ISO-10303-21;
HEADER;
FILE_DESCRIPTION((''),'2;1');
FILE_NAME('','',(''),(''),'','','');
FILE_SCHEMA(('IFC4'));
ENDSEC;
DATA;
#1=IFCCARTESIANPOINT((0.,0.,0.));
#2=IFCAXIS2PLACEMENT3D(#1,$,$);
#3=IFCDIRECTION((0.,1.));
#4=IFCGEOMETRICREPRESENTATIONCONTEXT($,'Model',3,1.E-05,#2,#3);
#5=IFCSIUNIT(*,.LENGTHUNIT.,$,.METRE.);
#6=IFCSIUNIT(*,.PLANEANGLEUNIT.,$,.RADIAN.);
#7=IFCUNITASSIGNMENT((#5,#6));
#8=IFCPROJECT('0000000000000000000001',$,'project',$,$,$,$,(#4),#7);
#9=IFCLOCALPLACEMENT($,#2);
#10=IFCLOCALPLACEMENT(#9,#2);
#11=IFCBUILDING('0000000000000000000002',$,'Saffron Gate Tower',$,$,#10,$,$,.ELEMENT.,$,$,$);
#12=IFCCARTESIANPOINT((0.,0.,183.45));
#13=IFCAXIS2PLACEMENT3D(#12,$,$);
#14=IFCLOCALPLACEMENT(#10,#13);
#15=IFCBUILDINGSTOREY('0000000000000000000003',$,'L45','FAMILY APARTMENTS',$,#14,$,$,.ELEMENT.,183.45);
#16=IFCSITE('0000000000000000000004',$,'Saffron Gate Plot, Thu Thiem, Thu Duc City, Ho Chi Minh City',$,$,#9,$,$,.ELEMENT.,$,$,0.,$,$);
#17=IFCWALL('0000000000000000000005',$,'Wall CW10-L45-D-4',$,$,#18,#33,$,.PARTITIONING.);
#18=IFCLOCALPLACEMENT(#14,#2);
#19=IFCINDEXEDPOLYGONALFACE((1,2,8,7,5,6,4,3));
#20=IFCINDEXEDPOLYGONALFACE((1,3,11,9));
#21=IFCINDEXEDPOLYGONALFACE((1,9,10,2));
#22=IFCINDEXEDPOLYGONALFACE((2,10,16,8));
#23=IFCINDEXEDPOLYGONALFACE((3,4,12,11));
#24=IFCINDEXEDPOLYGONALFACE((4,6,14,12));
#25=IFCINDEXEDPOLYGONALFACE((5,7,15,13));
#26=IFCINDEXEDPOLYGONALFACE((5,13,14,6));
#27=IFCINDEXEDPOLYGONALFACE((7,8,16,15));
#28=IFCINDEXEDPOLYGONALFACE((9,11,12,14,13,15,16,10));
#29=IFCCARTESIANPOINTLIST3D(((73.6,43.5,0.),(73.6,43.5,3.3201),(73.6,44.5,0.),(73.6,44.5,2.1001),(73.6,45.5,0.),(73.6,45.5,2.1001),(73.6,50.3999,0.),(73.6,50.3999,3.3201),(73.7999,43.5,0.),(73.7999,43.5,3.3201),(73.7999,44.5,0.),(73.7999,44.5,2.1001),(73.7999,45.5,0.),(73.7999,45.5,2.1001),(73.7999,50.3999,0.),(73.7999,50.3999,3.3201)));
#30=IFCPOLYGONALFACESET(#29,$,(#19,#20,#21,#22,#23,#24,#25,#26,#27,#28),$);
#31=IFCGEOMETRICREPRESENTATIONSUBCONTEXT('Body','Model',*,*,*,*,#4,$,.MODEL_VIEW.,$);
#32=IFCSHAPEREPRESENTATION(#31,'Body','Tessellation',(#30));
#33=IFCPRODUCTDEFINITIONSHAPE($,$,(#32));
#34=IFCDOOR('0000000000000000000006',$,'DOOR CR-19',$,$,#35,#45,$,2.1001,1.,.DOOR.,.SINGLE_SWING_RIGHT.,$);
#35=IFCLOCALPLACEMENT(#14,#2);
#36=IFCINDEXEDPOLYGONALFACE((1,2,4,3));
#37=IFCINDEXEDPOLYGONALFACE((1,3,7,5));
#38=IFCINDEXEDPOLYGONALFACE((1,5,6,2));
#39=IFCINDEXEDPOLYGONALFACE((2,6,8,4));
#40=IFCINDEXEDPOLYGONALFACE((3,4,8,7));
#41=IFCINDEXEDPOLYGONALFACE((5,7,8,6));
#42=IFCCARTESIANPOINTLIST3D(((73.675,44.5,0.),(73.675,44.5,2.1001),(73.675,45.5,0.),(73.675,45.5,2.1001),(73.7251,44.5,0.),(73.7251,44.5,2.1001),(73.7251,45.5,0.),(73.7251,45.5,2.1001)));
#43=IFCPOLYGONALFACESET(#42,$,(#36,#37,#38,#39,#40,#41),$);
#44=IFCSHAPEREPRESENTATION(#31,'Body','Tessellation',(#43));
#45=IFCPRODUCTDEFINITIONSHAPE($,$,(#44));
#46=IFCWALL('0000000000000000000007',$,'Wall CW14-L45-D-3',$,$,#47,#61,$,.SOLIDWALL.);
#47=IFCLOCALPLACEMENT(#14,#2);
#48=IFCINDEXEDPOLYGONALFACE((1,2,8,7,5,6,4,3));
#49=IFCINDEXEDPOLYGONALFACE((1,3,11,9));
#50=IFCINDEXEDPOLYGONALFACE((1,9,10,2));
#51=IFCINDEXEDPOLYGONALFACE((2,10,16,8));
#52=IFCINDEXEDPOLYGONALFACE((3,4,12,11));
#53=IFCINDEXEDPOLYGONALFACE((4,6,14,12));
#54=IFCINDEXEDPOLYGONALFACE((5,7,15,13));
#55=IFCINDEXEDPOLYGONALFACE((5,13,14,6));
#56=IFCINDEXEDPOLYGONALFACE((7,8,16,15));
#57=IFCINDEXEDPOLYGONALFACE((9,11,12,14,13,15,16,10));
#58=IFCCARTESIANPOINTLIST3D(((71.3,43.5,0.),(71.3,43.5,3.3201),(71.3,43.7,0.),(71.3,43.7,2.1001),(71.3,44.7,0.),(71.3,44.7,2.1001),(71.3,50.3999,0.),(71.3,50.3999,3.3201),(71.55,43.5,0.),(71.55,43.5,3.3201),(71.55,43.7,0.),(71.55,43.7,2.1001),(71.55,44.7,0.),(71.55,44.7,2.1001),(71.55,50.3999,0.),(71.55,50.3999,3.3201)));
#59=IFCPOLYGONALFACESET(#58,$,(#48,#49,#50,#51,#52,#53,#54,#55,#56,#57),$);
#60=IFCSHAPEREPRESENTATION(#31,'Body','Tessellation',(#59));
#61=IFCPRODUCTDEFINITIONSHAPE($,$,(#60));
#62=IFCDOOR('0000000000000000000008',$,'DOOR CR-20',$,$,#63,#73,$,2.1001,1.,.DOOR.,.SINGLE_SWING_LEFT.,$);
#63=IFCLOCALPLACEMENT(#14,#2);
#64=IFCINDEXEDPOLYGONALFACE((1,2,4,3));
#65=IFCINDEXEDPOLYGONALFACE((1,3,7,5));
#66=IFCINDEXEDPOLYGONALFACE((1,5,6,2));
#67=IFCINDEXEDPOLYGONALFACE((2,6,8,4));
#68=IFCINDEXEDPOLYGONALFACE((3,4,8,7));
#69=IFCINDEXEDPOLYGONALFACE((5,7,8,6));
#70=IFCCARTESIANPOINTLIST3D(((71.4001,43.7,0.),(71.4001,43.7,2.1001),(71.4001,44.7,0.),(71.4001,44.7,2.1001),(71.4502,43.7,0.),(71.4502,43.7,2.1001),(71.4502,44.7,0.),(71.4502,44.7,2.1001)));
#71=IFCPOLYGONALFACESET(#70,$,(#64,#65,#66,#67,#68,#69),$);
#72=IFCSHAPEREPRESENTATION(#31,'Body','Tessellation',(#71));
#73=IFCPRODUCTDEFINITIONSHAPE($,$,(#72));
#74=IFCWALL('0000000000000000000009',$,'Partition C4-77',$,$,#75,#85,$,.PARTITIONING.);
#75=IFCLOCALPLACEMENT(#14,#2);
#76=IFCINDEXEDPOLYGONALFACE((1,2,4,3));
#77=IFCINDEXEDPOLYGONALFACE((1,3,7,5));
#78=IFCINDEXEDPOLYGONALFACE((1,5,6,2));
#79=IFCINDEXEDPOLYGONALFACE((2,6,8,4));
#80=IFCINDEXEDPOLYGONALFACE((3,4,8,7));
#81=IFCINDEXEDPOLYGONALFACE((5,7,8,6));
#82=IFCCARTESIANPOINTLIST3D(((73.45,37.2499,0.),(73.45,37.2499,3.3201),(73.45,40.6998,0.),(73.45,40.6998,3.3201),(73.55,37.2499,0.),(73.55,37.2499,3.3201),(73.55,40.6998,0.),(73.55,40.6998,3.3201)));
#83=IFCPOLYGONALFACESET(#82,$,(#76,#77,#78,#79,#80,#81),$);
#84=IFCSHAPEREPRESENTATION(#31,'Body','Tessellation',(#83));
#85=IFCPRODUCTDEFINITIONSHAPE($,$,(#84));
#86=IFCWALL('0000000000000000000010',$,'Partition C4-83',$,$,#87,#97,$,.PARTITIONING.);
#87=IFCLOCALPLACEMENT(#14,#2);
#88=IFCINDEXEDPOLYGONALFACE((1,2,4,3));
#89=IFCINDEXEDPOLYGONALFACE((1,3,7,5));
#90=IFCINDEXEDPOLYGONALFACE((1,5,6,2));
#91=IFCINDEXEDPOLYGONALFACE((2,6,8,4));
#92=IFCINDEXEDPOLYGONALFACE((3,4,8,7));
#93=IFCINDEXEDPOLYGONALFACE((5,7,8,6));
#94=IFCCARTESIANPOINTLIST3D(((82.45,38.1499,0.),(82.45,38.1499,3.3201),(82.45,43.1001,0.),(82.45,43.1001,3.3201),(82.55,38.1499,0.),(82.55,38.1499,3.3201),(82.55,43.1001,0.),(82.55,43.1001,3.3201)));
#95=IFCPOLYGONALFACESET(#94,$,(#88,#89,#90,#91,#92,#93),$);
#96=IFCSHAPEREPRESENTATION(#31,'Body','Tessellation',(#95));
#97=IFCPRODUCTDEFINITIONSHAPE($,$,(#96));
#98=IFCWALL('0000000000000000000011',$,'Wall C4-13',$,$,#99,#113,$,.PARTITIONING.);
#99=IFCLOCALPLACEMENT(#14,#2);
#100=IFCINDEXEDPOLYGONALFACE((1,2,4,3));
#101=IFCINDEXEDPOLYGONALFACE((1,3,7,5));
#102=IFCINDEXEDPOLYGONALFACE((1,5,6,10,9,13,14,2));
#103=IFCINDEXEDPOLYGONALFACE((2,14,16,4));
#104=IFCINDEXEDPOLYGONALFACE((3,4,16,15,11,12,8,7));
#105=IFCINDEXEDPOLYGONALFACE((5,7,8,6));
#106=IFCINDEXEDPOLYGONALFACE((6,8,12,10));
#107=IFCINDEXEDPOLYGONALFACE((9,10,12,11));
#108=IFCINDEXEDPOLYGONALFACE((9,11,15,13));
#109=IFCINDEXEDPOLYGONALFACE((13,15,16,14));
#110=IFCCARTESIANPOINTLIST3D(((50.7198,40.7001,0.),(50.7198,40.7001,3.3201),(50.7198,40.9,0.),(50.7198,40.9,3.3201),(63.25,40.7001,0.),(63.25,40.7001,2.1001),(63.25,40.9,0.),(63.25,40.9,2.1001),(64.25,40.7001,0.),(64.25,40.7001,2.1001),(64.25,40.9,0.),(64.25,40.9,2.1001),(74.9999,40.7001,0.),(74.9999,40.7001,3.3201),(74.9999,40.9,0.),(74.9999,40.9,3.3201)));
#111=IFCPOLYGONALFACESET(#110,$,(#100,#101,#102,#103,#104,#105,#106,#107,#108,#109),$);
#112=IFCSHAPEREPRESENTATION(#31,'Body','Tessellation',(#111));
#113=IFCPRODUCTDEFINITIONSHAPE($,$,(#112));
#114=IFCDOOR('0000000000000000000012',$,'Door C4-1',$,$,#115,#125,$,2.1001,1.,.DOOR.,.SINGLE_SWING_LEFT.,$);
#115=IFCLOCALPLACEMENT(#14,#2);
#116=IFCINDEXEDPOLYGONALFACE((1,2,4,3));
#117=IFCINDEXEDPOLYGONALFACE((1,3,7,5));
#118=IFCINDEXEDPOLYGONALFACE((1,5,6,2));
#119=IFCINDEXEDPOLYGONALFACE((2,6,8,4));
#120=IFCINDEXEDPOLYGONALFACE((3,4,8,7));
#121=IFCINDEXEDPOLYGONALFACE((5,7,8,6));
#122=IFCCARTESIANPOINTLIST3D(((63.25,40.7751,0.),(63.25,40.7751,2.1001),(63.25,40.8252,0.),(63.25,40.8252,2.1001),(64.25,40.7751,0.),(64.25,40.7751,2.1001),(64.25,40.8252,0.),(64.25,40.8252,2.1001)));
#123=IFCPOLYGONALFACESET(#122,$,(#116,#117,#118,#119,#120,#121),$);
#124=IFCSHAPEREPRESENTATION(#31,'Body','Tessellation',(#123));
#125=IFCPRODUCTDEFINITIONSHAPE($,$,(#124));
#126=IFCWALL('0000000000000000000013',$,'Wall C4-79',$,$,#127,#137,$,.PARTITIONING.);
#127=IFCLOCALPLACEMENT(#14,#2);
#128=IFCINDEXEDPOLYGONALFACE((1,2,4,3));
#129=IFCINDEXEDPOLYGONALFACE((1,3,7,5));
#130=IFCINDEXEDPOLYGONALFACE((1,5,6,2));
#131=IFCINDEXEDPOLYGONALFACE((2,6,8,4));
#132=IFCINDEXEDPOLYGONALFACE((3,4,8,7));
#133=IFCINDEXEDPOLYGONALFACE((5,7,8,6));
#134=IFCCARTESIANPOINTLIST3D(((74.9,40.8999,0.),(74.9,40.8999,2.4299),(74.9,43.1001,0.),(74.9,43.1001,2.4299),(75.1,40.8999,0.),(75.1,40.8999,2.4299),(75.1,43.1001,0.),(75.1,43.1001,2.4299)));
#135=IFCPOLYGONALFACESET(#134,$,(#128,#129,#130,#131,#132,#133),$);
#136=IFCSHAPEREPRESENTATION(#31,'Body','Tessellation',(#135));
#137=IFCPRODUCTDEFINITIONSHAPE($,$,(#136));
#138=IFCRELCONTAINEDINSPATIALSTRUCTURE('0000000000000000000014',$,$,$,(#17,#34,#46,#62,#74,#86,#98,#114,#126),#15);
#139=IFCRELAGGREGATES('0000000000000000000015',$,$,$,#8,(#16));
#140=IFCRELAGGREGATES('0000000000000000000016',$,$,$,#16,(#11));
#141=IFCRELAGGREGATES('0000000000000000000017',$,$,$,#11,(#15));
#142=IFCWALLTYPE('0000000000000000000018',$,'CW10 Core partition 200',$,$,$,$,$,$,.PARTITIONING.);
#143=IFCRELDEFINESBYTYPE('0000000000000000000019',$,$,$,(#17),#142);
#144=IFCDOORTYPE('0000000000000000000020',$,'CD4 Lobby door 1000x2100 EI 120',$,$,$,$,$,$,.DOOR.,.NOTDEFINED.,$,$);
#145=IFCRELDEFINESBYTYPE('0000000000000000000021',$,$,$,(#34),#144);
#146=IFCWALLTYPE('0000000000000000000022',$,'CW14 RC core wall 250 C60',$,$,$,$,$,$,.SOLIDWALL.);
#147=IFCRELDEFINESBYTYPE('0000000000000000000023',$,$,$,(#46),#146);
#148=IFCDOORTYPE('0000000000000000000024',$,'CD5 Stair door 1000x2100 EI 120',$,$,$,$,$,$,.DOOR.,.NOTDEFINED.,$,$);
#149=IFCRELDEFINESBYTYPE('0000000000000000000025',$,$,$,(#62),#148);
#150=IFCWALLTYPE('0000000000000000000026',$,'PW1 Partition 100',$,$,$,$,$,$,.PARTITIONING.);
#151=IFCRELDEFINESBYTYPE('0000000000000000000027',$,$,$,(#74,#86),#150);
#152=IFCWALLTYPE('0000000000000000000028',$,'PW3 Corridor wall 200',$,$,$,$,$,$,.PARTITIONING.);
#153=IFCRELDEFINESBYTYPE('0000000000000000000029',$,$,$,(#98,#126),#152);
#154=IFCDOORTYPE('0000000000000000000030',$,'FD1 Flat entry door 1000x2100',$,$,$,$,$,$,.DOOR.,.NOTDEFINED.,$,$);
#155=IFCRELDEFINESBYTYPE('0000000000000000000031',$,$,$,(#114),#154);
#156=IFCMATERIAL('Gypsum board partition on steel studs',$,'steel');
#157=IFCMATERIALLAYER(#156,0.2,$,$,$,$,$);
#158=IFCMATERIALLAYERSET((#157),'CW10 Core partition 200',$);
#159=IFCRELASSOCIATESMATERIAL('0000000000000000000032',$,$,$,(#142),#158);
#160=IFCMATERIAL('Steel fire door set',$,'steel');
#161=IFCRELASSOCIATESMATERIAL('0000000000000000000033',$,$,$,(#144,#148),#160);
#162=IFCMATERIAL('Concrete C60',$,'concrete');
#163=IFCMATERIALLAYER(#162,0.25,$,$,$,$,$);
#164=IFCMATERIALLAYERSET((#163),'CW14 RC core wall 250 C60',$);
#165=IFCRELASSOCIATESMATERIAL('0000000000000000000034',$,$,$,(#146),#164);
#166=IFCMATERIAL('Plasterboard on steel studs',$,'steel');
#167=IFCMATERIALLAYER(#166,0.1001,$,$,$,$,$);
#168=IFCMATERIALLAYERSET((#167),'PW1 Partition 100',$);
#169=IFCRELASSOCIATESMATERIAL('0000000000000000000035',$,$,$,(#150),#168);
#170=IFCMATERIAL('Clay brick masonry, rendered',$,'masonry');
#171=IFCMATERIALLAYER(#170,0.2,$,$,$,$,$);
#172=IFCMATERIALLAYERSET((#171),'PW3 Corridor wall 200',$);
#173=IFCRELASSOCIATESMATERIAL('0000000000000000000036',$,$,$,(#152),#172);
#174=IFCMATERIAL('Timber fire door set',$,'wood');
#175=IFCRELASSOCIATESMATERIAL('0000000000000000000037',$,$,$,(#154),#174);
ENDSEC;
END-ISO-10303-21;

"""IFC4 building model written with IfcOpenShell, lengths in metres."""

from ifc_helpers import new_model, si_unit, direction, frame, frame_2d, origin, place, context, subcontext, project, spatial, rectangle, extrude, material, layer, layer_set, type_object, element, fill, save


model = new_model("IFC4")

# Units and contexts
model_context = context("Model", 3, precision=1e-05, world=origin(), true_north=direction((0.0, 1.0)))
body_context = subcontext(model_context, "Body", "Model", "MODEL_VIEW")
ifc_project = project(units=[si_unit("LENGTHUNIT", "METRE"), si_unit("PLANEANGLEUNIT", "RADIAN")], contexts=[model_context])

# Site, building, storey
site_placement = place(None, origin())
site = spatial("IfcSite", under=ifc_project, at=site_placement, Name="Saffron Gate Plot, Thu Thiem, Thu Duc City, Ho Chi Minh City", CompositionType="ELEMENT", RefElevation=0.0)
building_placement = place(site_placement, origin())
building = spatial("IfcBuilding", under=site, at=building_placement, Name="Saffron Gate Tower", CompositionType="ELEMENT")
storey_placement = place(building_placement, frame((0.0, 0.0, 183.45)))
storey = spatial("IfcBuildingStorey", under=building, at=storey_placement, Name="L45", Description="FAMILY APARTMENTS", CompositionType="ELEMENT", Elevation=183.45)

# Walls, openings, doors
ifc_material_1 = material(Name="Gypsum board partition on steel studs", Category="steel")
ifc_layer_1 = layer(ifc_material_1, 0.2)
ifc_layer_set_1 = layer_set([ifc_layer_1], Name="CW10 Core partition 200")
wall_type_1 = type_object("IfcWallType", Name="CW10 Core partition 200", PredefinedType="PARTITIONING", material=ifc_layer_set_1)
wall_1_placement = place(storey_placement, frame((73.7, 43.5, 0.0), z_axis=(0.0, 0.0, 1.0), x_axis=(0.0, 1.0, 0.0)))
wall_1 = element("IfcWall", 1, at=wall_1_placement, inside=storey, type_object=wall_type_1, Name="Wall CW10-L45-D-4", PredefinedType="PARTITIONING", context=body_context, shape_type="SweptSolid", body=[
    extrude(rectangle(XDim=6.8999, YDim=0.2, at=frame_2d((3.45, 0.0))), origin(), (0.0, 0.0, 1.0), 3.3201),
])
opening_1_placement = place(wall_1_placement, frame((1.0, 0.0, 0.0)))
opening_1 = element("IfcOpeningElement", 2, at=opening_1_placement, cuts=wall_1, PredefinedType="OPENING", context=body_context, shape_type="SweptSolid", body=[
    extrude(rectangle(XDim=1.0, YDim=2.1001, at=frame_2d((0.5, 1.05))), frame((0.0, 0.1099, 0.0), z_axis=(0.0, -1.0, 0.0), x_axis=(1.0, 0.0, 0.0)), (0.0, 0.0, 1.0), 0.22),
])
ifc_material_2 = material(Name="Steel fire door set", Category="steel")
door_type_1 = type_object("IfcDoorType", Name="CD4 Lobby door 1000x2100 EI 120", OperationType="NOTDEFINED", PredefinedType="DOOR", material=ifc_material_2)
door_1_placement = place(opening_1_placement, origin())
door_1 = element("IfcDoor", 3, at=door_1_placement, inside=storey, type_object=door_type_1, Name="DOOR CR-19", OperationType="SINGLE_SWING_RIGHT", OverallHeight=2.1001, OverallWidth=1.0, PredefinedType="DOOR", context=body_context, shape_type="SweptSolid", body=[
    extrude(rectangle(XDim=1.0, YDim=2.1001, at=frame_2d((0.5, 1.05))), frame((0.0, 0.0249, 0.0), z_axis=(0.0, -1.0, 0.0), x_axis=(1.0, 0.0, 0.0)), (0.0, 0.0, 1.0), 0.05),
])
fill(opening_1, door_1)
ifc_material_3 = material(Name="Concrete C60", Category="concrete")
ifc_layer_2 = layer(ifc_material_3, 0.25)
ifc_layer_set_2 = layer_set([ifc_layer_2], Name="CW14 RC core wall 250 C60")
wall_type_2 = type_object("IfcWallType", Name="CW14 RC core wall 250 C60", PredefinedType="SOLIDWALL", material=ifc_layer_set_2)
wall_2_placement = place(storey_placement, frame((71.425, 43.5, 0.0), z_axis=(0.0, 0.0, 1.0), x_axis=(0.0, 1.0, 0.0)))
wall_2 = element("IfcWall", 4, at=wall_2_placement, inside=storey, type_object=wall_type_2, Name="Wall CW14-L45-D-3", PredefinedType="SOLIDWALL", context=body_context, shape_type="SweptSolid", body=[
    extrude(rectangle(XDim=6.8999, YDim=0.25, at=frame_2d((3.45, 0.0))), origin(), (0.0, 0.0, 1.0), 3.3201),
])
opening_2_placement = place(wall_2_placement, frame((0.2, 0.0, 0.0)))
opening_2 = element("IfcOpeningElement", 5, at=opening_2_placement, cuts=wall_2, PredefinedType="OPENING", context=body_context, shape_type="SweptSolid", body=[
    extrude(rectangle(XDim=1.0, YDim=2.1001, at=frame_2d((0.5, 1.05))), frame((0.0, 0.135, 0.0), z_axis=(0.0, -1.0, 0.0), x_axis=(1.0, 0.0, 0.0)), (0.0, 0.0, 1.0), 0.27),
])
door_type_2 = type_object("IfcDoorType", Name="CD5 Stair door 1000x2100 EI 120", OperationType="NOTDEFINED", PredefinedType="DOOR", material=ifc_material_2)
door_2_placement = place(opening_2_placement, origin())
door_2 = element("IfcDoor", 6, at=door_2_placement, inside=storey, type_object=door_type_2, Name="DOOR CR-20", OperationType="SINGLE_SWING_LEFT", OverallHeight=2.1001, OverallWidth=1.0, PredefinedType="DOOR", context=body_context, shape_type="SweptSolid", body=[
    extrude(rectangle(XDim=1.0, YDim=2.1001, at=frame_2d((0.5, 1.05))), frame((0.0, 0.0249, 0.0), z_axis=(0.0, -1.0, 0.0), x_axis=(1.0, 0.0, 0.0)), (0.0, 0.0, 1.0), 0.05),
])
fill(opening_2, door_2)

# Walls
ifc_material_4 = material(Name="Plasterboard on steel studs", Category="steel")
ifc_layer_3 = layer(ifc_material_4, 0.1001)
ifc_layer_set_3 = layer_set([ifc_layer_3], Name="PW1 Partition 100")
wall_type_3 = type_object("IfcWallType", Name="PW1 Partition 100", PredefinedType="PARTITIONING", material=ifc_layer_set_3)
wall_3_placement = place(storey_placement, frame((73.5, 40.7, 0.0), z_axis=(0.0, 0.0, 1.0), x_axis=(0.0, -1.0, 0.0)))
element("IfcWall", 7, at=wall_3_placement, inside=storey, type_object=wall_type_3, Name="Partition C4-77", PredefinedType="PARTITIONING", context=body_context, shape_type="SweptSolid", body=[
    extrude(rectangle(XDim=3.45, YDim=0.1001, at=frame_2d((1.7251, 0.0))), origin(), (0.0, 0.0, 1.0), 3.3201),
])
wall_4_placement = place(storey_placement, frame((82.5, 43.1001, 0.0), z_axis=(0.0, 0.0, 1.0), x_axis=(0.0, -1.0, 0.0)))
element("IfcWall", 8, at=wall_4_placement, inside=storey, type_object=wall_type_3, Name="Partition C4-83", PredefinedType="PARTITIONING", context=body_context, shape_type="SweptSolid", body=[
    extrude(rectangle(XDim=4.9502, YDim=0.1001, at=frame_2d((2.4751, 0.0))), origin(), (0.0, 0.0, 1.0), 3.3201),
])

# Wall, opening, door
ifc_material_5 = material(Name="Clay brick masonry, rendered", Category="masonry")
ifc_layer_4 = layer(ifc_material_5, 0.2)
ifc_layer_set_4 = layer_set([ifc_layer_4], Name="PW3 Corridor wall 200")
wall_type_4 = type_object("IfcWallType", Name="PW3 Corridor wall 200", PredefinedType="PARTITIONING", material=ifc_layer_set_4)
wall_5_placement = place(storey_placement, frame((75.0, 40.8, 0.0), z_axis=(0.0, 0.0, 1.0), x_axis=(-1.0, 0.0, 0.0)))
wall_5 = element("IfcWall", 9, at=wall_5_placement, inside=storey, type_object=wall_type_4, Name="Wall C4-13", PredefinedType="PARTITIONING", context=body_context, shape_type="SweptSolid", body=[
    extrude(rectangle(XDim=24.28, YDim=0.2, at=frame_2d((12.1401, 0.0))), origin(), (0.0, 0.0, 1.0), 3.3201),
])
opening_3_placement = place(wall_5_placement, frame((10.75, 0.0, 0.0)))
opening_3 = element("IfcOpeningElement", 10, at=opening_3_placement, cuts=wall_5, PredefinedType="OPENING", context=body_context, shape_type="SweptSolid", body=[
    extrude(rectangle(XDim=1.0, YDim=2.1001, at=frame_2d((0.5, 1.05))), frame((0.0, 0.1099, 0.0), z_axis=(0.0, -1.0, 0.0), x_axis=(1.0, 0.0, 0.0)), (0.0, 0.0, 1.0), 0.22),
])
ifc_material_6 = material(Name="Timber fire door set", Category="wood")
door_type_3 = type_object("IfcDoorType", Name="FD1 Flat entry door 1000x2100", OperationType="NOTDEFINED", PredefinedType="DOOR", material=ifc_material_6)
door_3_placement = place(opening_3_placement, origin())
door_3 = element("IfcDoor", 11, at=door_3_placement, inside=storey, type_object=door_type_3, Name="Door C4-1", OperationType="SINGLE_SWING_LEFT", OverallHeight=2.1001, OverallWidth=1.0, PredefinedType="DOOR", context=body_context, shape_type="SweptSolid", body=[
    extrude(rectangle(XDim=1.0, YDim=2.1001, at=frame_2d((0.5, 1.05))), frame((0.0, 0.0249, 0.0), z_axis=(0.0, -1.0, 0.0), x_axis=(1.0, 0.0, 0.0)), (0.0, 0.0, 1.0), 0.05),
])
fill(opening_3, door_3)

# Wall
wall_6_placement = place(storey_placement, frame((75.0, 43.1001, 0.0), z_axis=(0.0, 0.0, 1.0), x_axis=(0.0, -1.0, 0.0)))
element("IfcWall", 12, at=wall_6_placement, inside=storey, type_object=wall_type_4, Name="Wall C4-79", PredefinedType="PARTITIONING", context=body_context, shape_type="SweptSolid", body=[
    extrude(rectangle(XDim=2.2002, YDim=0.2, at=frame_2d((1.1001, 0.0))), origin(), (0.0, 0.0, 1.0), 2.4299),
])

save(model, "model.ifc")
